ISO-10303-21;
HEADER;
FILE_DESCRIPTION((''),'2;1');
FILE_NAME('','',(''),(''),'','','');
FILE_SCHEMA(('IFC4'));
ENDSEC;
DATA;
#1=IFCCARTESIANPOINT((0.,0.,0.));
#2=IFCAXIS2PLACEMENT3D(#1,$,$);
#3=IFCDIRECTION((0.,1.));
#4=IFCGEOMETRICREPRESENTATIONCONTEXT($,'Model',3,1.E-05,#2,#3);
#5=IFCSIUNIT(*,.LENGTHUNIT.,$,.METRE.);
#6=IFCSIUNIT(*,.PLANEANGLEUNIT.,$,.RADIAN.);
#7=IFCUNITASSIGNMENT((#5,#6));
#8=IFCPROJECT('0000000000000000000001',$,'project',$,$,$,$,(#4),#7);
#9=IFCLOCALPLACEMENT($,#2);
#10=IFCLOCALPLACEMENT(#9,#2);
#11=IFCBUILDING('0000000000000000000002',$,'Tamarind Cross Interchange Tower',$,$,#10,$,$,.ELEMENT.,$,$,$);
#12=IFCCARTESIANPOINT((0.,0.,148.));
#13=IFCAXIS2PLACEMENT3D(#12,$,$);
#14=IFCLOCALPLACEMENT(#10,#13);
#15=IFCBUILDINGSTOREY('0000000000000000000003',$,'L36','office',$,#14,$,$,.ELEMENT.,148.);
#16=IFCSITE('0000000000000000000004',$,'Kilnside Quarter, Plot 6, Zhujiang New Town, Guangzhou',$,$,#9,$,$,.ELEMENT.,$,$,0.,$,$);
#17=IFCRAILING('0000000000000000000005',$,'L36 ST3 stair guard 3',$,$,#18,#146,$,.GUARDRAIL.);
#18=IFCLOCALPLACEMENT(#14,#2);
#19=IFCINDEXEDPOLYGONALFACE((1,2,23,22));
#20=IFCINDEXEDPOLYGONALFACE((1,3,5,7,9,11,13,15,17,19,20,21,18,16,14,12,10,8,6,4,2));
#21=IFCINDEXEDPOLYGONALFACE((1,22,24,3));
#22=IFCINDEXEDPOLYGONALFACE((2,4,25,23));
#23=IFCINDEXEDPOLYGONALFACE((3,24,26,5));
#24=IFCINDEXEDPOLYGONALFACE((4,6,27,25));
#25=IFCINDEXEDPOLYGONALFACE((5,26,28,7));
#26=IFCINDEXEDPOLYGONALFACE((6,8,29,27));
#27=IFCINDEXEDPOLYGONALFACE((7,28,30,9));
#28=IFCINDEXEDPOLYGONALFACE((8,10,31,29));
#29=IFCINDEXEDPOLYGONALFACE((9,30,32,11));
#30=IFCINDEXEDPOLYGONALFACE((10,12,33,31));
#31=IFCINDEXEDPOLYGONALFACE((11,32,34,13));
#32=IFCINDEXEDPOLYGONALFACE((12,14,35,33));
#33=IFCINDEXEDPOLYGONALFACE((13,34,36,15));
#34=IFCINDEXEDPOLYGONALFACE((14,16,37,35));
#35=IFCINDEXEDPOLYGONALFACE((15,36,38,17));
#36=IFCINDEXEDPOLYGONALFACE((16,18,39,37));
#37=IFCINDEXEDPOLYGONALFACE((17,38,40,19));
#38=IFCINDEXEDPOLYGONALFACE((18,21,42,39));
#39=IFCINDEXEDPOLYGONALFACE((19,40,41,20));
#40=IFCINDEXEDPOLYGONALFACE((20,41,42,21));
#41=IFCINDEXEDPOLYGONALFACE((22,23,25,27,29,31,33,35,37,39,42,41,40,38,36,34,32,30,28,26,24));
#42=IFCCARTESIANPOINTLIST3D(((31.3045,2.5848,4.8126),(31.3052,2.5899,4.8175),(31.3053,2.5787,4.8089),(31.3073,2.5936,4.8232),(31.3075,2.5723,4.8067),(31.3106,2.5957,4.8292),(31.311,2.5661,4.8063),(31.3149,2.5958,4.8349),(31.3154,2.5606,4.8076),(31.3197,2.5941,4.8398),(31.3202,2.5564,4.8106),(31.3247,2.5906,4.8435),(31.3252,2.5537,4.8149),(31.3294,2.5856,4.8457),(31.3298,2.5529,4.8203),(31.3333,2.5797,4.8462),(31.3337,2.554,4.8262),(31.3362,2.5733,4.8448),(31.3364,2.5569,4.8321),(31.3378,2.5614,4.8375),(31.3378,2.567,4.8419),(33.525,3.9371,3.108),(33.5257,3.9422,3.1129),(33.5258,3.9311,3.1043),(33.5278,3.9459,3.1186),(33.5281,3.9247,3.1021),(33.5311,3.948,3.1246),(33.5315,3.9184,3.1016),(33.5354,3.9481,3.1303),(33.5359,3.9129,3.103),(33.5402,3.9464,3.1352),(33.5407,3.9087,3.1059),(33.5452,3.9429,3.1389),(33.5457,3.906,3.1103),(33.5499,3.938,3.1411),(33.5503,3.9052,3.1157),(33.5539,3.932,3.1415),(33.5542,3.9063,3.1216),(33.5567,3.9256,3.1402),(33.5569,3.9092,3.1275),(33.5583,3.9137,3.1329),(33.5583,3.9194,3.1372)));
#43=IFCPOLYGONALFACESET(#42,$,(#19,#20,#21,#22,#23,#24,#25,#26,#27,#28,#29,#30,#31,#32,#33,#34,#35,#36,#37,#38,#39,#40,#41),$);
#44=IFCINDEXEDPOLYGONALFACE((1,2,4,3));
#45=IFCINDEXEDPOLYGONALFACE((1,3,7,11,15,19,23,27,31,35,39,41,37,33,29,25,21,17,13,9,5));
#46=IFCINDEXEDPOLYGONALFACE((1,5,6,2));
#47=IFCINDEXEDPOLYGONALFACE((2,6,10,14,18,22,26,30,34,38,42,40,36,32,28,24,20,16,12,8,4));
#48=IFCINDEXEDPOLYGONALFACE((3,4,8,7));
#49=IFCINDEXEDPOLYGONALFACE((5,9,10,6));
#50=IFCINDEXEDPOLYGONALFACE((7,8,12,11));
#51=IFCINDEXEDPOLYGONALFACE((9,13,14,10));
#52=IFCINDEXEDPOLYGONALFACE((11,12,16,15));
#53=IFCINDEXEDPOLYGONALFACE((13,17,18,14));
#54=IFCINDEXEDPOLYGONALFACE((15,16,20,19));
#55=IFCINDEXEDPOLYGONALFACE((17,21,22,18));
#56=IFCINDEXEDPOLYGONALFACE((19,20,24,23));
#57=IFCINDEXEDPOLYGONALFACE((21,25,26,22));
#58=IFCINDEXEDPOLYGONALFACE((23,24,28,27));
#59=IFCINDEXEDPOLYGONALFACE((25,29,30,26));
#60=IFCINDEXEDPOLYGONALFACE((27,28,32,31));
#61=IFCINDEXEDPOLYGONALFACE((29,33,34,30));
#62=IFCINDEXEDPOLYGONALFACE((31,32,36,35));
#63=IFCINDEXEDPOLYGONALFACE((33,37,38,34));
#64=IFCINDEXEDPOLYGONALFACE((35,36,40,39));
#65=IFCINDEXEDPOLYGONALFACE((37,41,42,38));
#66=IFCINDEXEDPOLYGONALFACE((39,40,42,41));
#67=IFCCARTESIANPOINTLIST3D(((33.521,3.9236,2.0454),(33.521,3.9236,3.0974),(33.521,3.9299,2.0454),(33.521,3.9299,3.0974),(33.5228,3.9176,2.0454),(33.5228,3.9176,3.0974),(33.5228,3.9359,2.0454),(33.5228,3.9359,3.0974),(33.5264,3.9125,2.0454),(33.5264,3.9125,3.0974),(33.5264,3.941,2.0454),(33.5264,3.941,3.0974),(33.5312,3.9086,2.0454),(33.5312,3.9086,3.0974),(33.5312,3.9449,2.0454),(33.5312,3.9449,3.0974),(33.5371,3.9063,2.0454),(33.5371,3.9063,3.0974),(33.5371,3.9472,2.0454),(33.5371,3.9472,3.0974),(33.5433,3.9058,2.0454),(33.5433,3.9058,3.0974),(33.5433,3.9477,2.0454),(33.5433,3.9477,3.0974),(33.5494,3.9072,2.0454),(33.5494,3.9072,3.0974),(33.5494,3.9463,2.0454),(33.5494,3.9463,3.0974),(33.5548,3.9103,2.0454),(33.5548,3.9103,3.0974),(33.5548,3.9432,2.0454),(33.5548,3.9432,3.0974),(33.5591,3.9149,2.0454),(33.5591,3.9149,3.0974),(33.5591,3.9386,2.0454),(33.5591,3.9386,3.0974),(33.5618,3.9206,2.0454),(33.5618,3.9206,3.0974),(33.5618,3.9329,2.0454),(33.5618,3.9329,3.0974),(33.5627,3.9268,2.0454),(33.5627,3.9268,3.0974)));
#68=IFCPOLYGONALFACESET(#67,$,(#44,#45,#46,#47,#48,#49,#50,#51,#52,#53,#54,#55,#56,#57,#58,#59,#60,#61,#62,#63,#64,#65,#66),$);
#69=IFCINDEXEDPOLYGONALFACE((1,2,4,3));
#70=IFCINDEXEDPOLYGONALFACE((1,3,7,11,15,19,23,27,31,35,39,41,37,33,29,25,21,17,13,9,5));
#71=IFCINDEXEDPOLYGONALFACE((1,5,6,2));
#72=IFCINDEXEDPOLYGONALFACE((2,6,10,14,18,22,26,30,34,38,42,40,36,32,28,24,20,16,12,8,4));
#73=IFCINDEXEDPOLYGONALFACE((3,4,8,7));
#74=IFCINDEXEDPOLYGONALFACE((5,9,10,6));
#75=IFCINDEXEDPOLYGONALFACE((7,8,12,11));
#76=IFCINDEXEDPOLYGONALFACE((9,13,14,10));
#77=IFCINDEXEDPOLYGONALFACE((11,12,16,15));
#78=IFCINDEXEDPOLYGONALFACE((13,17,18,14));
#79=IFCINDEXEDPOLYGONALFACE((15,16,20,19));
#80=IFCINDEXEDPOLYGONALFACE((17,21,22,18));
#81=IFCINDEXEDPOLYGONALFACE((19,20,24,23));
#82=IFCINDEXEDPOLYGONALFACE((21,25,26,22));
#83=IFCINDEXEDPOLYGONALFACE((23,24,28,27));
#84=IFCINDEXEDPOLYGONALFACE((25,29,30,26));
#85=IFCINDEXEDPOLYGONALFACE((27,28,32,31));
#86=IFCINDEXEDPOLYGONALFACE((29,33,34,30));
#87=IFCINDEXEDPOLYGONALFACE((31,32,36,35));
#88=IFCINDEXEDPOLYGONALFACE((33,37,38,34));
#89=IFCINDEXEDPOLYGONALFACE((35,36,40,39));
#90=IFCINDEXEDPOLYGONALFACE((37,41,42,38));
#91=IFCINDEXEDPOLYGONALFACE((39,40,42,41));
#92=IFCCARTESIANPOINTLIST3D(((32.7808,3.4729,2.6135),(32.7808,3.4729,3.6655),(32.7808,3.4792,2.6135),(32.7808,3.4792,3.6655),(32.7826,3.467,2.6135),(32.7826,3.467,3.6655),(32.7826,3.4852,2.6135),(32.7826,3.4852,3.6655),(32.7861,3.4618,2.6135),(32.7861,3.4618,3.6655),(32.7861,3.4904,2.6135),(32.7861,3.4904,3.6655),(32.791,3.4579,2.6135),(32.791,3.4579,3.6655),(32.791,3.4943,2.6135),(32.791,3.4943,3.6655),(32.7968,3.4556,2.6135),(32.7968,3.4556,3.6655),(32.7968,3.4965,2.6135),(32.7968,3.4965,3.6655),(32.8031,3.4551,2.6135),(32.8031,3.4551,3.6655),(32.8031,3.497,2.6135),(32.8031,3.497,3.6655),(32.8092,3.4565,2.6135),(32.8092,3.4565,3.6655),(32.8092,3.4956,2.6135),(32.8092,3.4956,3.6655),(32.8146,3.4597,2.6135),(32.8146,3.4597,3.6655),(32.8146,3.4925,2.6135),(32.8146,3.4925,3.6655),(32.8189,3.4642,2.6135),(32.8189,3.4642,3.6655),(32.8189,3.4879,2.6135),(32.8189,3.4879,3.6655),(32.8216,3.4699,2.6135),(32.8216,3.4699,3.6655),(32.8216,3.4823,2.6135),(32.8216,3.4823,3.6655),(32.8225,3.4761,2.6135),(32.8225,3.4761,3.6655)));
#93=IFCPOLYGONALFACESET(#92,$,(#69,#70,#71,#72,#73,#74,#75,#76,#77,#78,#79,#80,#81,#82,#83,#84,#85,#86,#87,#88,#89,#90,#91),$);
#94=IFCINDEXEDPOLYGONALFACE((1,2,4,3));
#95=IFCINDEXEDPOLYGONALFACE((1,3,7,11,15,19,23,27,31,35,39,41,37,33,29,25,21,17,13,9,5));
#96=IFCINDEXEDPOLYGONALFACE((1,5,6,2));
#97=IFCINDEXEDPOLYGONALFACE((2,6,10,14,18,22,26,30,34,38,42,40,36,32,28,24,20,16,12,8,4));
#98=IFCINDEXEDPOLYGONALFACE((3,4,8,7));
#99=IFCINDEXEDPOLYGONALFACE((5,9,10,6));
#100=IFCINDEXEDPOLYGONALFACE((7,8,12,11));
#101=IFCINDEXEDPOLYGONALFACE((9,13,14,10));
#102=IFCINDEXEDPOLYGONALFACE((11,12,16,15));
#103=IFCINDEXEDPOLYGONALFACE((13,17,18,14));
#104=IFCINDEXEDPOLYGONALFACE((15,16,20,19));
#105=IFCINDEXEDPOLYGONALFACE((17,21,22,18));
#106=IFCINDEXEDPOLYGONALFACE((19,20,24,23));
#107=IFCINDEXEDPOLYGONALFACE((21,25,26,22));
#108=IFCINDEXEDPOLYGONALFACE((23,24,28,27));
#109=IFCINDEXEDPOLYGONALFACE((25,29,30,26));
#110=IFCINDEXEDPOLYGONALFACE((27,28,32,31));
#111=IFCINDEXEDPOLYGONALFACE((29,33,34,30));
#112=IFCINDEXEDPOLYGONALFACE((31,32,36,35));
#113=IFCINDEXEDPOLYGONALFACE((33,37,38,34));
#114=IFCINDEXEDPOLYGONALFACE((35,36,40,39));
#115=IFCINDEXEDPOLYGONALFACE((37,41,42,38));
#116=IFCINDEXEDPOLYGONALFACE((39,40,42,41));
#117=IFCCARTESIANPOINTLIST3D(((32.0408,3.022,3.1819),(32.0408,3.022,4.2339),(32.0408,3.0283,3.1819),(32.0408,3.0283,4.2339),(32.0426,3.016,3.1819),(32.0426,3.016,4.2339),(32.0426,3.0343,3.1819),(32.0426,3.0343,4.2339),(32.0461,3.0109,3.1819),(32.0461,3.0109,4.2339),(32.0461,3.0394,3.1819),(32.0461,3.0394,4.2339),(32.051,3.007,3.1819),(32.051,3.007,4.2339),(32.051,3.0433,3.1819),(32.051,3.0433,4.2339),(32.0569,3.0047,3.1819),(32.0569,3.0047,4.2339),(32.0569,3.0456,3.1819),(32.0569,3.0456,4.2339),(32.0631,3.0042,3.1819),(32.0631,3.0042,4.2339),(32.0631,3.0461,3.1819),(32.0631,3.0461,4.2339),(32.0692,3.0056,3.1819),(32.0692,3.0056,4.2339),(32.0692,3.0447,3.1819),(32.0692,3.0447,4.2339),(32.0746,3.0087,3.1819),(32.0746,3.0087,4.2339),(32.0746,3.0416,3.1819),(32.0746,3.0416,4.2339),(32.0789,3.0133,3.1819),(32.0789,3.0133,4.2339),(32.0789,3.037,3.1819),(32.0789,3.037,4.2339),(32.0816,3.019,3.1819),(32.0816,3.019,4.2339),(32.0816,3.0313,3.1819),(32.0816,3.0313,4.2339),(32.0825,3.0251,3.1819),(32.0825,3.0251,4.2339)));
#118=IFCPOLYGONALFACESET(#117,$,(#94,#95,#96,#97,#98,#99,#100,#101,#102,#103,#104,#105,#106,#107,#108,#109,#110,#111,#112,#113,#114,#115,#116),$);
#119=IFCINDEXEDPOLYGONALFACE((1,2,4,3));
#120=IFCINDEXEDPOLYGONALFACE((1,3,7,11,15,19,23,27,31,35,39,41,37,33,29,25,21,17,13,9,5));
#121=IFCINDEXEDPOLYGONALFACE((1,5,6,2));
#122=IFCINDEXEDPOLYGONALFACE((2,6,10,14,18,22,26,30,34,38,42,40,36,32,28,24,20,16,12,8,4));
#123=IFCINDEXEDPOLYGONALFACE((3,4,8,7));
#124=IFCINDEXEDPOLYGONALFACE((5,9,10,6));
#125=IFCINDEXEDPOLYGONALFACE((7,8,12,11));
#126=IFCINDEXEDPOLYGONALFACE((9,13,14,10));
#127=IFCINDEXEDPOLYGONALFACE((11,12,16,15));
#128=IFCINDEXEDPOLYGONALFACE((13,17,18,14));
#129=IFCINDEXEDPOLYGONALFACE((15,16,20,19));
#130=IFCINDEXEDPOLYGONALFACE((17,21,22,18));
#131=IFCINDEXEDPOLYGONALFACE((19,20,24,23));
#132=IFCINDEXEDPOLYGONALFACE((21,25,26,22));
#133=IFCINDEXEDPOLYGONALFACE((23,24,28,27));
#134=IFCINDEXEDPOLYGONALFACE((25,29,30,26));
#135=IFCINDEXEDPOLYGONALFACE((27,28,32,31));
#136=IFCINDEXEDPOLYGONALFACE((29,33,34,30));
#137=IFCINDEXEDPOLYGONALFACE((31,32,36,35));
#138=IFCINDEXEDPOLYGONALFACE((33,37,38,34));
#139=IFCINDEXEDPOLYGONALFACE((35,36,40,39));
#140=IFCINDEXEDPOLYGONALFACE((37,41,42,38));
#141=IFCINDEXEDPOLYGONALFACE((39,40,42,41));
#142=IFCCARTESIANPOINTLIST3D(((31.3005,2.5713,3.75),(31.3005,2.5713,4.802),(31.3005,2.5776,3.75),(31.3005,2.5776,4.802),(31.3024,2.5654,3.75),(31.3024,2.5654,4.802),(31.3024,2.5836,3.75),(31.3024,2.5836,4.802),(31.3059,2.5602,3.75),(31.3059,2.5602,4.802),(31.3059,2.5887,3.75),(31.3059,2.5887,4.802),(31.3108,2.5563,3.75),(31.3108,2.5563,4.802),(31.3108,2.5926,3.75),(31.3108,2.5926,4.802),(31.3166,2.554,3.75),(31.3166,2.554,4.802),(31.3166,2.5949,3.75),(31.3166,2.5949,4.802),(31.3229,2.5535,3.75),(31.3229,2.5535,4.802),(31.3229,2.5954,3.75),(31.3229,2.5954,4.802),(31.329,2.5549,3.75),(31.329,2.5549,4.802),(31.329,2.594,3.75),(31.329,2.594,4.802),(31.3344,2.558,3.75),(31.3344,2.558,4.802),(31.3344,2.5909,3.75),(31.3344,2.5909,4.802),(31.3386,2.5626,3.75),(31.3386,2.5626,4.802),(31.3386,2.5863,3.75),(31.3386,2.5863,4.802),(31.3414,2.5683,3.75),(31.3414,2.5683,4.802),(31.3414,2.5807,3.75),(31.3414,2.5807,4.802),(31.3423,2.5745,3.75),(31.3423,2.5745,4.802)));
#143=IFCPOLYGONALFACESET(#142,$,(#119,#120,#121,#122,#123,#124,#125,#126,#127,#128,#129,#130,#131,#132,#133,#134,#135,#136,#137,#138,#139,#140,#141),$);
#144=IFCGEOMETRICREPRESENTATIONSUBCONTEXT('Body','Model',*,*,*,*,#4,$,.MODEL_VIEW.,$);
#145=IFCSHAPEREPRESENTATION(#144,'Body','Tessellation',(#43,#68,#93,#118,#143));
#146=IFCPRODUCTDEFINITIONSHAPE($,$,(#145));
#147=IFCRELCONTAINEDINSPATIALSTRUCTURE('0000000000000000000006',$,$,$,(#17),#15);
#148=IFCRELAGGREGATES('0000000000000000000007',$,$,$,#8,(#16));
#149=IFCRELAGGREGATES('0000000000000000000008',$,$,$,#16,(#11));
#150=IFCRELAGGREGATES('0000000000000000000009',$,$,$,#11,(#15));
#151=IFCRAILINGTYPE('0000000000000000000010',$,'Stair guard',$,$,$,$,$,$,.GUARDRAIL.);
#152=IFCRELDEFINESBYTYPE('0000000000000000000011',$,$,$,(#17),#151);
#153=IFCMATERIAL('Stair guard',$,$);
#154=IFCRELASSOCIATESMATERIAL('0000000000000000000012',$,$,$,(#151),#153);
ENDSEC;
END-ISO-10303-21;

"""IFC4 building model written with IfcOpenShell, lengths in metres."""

from ifc_helpers import new_model, si_unit, direction, frame, origin, origin_2d, place, context, subcontext, project, spatial, circle, extrude, material, type_object, element, save


model = new_model("IFC4")

# Units and contexts
model_context = context("Model", 3, precision=1e-05, world=origin(), true_north=direction((0.0, 1.0)))
body_context = subcontext(model_context, "Body", "Model", "MODEL_VIEW")
ifc_project = project(units=[si_unit("LENGTHUNIT", "METRE"), si_unit("PLANEANGLEUNIT", "RADIAN")], contexts=[model_context])

# Site, building, storey
site_placement = place(None, origin())
site = spatial("IfcSite", under=ifc_project, at=site_placement, Name="Kilnside Quarter, Plot 6, Zhujiang New Town, Guangzhou", CompositionType="ELEMENT", RefElevation=0.0)
building_placement = place(site_placement, origin())
building = spatial("IfcBuilding", under=site, at=building_placement, Name="Tamarind Cross Interchange Tower", CompositionType="ELEMENT")
storey_placement = place(building_placement, frame((0.0, 0.0, 148.0)))
storey = spatial("IfcBuildingStorey", under=building, at=storey_placement, Name="L36", Description="office", CompositionType="ELEMENT", Elevation=148.0)

# Railing
ifc_material_1 = material(Name="Stair guard")
railing_type_1 = type_object("IfcRailingType", Name="Stair guard", PredefinedType="GUARDRAIL", material=ifc_material_1)
railing_1_placement = place(storey_placement, frame((33.5417, 3.9268, 2.0454)))
element("IfcRailing", 1, at=railing_1_placement, inside=storey, type_object=railing_type_1, Name="L36 ST3 stair guard 3", PredefinedType="GUARDRAIL", context=body_context, shape_type="SweptSolid", body=[
    extrude(circle(Radius=0.0239, at=origin_2d()), frame((0.0, 0.0, 1.0762), z_axis=(-0.714245, -0.434986, 0.548308), x_axis=(0.520147, -0.854077, 0.0)), (0.0, 0.0, 1.0), 3.1089),
    extrude(circle(Radius=0.021, at=origin_2d()), origin(), (0.0, 0.0, 1.0), 1.052),
    extrude(circle(Radius=0.021, at=origin_2d()), frame((-0.7402, -0.4507, 0.5681)), (0.0, 0.0, 1.0), 1.052),
    extrude(circle(Radius=0.021, at=origin_2d()), frame((-1.4802, -0.9016, 1.1365)), (0.0, 0.0, 1.0), 1.052),
    extrude(circle(Radius=0.021, at=origin_2d()), frame((-2.2205, -1.3523, 1.7046)), (0.0, 0.0, 1.0), 1.052),
])

save(model, "model.ifc")
